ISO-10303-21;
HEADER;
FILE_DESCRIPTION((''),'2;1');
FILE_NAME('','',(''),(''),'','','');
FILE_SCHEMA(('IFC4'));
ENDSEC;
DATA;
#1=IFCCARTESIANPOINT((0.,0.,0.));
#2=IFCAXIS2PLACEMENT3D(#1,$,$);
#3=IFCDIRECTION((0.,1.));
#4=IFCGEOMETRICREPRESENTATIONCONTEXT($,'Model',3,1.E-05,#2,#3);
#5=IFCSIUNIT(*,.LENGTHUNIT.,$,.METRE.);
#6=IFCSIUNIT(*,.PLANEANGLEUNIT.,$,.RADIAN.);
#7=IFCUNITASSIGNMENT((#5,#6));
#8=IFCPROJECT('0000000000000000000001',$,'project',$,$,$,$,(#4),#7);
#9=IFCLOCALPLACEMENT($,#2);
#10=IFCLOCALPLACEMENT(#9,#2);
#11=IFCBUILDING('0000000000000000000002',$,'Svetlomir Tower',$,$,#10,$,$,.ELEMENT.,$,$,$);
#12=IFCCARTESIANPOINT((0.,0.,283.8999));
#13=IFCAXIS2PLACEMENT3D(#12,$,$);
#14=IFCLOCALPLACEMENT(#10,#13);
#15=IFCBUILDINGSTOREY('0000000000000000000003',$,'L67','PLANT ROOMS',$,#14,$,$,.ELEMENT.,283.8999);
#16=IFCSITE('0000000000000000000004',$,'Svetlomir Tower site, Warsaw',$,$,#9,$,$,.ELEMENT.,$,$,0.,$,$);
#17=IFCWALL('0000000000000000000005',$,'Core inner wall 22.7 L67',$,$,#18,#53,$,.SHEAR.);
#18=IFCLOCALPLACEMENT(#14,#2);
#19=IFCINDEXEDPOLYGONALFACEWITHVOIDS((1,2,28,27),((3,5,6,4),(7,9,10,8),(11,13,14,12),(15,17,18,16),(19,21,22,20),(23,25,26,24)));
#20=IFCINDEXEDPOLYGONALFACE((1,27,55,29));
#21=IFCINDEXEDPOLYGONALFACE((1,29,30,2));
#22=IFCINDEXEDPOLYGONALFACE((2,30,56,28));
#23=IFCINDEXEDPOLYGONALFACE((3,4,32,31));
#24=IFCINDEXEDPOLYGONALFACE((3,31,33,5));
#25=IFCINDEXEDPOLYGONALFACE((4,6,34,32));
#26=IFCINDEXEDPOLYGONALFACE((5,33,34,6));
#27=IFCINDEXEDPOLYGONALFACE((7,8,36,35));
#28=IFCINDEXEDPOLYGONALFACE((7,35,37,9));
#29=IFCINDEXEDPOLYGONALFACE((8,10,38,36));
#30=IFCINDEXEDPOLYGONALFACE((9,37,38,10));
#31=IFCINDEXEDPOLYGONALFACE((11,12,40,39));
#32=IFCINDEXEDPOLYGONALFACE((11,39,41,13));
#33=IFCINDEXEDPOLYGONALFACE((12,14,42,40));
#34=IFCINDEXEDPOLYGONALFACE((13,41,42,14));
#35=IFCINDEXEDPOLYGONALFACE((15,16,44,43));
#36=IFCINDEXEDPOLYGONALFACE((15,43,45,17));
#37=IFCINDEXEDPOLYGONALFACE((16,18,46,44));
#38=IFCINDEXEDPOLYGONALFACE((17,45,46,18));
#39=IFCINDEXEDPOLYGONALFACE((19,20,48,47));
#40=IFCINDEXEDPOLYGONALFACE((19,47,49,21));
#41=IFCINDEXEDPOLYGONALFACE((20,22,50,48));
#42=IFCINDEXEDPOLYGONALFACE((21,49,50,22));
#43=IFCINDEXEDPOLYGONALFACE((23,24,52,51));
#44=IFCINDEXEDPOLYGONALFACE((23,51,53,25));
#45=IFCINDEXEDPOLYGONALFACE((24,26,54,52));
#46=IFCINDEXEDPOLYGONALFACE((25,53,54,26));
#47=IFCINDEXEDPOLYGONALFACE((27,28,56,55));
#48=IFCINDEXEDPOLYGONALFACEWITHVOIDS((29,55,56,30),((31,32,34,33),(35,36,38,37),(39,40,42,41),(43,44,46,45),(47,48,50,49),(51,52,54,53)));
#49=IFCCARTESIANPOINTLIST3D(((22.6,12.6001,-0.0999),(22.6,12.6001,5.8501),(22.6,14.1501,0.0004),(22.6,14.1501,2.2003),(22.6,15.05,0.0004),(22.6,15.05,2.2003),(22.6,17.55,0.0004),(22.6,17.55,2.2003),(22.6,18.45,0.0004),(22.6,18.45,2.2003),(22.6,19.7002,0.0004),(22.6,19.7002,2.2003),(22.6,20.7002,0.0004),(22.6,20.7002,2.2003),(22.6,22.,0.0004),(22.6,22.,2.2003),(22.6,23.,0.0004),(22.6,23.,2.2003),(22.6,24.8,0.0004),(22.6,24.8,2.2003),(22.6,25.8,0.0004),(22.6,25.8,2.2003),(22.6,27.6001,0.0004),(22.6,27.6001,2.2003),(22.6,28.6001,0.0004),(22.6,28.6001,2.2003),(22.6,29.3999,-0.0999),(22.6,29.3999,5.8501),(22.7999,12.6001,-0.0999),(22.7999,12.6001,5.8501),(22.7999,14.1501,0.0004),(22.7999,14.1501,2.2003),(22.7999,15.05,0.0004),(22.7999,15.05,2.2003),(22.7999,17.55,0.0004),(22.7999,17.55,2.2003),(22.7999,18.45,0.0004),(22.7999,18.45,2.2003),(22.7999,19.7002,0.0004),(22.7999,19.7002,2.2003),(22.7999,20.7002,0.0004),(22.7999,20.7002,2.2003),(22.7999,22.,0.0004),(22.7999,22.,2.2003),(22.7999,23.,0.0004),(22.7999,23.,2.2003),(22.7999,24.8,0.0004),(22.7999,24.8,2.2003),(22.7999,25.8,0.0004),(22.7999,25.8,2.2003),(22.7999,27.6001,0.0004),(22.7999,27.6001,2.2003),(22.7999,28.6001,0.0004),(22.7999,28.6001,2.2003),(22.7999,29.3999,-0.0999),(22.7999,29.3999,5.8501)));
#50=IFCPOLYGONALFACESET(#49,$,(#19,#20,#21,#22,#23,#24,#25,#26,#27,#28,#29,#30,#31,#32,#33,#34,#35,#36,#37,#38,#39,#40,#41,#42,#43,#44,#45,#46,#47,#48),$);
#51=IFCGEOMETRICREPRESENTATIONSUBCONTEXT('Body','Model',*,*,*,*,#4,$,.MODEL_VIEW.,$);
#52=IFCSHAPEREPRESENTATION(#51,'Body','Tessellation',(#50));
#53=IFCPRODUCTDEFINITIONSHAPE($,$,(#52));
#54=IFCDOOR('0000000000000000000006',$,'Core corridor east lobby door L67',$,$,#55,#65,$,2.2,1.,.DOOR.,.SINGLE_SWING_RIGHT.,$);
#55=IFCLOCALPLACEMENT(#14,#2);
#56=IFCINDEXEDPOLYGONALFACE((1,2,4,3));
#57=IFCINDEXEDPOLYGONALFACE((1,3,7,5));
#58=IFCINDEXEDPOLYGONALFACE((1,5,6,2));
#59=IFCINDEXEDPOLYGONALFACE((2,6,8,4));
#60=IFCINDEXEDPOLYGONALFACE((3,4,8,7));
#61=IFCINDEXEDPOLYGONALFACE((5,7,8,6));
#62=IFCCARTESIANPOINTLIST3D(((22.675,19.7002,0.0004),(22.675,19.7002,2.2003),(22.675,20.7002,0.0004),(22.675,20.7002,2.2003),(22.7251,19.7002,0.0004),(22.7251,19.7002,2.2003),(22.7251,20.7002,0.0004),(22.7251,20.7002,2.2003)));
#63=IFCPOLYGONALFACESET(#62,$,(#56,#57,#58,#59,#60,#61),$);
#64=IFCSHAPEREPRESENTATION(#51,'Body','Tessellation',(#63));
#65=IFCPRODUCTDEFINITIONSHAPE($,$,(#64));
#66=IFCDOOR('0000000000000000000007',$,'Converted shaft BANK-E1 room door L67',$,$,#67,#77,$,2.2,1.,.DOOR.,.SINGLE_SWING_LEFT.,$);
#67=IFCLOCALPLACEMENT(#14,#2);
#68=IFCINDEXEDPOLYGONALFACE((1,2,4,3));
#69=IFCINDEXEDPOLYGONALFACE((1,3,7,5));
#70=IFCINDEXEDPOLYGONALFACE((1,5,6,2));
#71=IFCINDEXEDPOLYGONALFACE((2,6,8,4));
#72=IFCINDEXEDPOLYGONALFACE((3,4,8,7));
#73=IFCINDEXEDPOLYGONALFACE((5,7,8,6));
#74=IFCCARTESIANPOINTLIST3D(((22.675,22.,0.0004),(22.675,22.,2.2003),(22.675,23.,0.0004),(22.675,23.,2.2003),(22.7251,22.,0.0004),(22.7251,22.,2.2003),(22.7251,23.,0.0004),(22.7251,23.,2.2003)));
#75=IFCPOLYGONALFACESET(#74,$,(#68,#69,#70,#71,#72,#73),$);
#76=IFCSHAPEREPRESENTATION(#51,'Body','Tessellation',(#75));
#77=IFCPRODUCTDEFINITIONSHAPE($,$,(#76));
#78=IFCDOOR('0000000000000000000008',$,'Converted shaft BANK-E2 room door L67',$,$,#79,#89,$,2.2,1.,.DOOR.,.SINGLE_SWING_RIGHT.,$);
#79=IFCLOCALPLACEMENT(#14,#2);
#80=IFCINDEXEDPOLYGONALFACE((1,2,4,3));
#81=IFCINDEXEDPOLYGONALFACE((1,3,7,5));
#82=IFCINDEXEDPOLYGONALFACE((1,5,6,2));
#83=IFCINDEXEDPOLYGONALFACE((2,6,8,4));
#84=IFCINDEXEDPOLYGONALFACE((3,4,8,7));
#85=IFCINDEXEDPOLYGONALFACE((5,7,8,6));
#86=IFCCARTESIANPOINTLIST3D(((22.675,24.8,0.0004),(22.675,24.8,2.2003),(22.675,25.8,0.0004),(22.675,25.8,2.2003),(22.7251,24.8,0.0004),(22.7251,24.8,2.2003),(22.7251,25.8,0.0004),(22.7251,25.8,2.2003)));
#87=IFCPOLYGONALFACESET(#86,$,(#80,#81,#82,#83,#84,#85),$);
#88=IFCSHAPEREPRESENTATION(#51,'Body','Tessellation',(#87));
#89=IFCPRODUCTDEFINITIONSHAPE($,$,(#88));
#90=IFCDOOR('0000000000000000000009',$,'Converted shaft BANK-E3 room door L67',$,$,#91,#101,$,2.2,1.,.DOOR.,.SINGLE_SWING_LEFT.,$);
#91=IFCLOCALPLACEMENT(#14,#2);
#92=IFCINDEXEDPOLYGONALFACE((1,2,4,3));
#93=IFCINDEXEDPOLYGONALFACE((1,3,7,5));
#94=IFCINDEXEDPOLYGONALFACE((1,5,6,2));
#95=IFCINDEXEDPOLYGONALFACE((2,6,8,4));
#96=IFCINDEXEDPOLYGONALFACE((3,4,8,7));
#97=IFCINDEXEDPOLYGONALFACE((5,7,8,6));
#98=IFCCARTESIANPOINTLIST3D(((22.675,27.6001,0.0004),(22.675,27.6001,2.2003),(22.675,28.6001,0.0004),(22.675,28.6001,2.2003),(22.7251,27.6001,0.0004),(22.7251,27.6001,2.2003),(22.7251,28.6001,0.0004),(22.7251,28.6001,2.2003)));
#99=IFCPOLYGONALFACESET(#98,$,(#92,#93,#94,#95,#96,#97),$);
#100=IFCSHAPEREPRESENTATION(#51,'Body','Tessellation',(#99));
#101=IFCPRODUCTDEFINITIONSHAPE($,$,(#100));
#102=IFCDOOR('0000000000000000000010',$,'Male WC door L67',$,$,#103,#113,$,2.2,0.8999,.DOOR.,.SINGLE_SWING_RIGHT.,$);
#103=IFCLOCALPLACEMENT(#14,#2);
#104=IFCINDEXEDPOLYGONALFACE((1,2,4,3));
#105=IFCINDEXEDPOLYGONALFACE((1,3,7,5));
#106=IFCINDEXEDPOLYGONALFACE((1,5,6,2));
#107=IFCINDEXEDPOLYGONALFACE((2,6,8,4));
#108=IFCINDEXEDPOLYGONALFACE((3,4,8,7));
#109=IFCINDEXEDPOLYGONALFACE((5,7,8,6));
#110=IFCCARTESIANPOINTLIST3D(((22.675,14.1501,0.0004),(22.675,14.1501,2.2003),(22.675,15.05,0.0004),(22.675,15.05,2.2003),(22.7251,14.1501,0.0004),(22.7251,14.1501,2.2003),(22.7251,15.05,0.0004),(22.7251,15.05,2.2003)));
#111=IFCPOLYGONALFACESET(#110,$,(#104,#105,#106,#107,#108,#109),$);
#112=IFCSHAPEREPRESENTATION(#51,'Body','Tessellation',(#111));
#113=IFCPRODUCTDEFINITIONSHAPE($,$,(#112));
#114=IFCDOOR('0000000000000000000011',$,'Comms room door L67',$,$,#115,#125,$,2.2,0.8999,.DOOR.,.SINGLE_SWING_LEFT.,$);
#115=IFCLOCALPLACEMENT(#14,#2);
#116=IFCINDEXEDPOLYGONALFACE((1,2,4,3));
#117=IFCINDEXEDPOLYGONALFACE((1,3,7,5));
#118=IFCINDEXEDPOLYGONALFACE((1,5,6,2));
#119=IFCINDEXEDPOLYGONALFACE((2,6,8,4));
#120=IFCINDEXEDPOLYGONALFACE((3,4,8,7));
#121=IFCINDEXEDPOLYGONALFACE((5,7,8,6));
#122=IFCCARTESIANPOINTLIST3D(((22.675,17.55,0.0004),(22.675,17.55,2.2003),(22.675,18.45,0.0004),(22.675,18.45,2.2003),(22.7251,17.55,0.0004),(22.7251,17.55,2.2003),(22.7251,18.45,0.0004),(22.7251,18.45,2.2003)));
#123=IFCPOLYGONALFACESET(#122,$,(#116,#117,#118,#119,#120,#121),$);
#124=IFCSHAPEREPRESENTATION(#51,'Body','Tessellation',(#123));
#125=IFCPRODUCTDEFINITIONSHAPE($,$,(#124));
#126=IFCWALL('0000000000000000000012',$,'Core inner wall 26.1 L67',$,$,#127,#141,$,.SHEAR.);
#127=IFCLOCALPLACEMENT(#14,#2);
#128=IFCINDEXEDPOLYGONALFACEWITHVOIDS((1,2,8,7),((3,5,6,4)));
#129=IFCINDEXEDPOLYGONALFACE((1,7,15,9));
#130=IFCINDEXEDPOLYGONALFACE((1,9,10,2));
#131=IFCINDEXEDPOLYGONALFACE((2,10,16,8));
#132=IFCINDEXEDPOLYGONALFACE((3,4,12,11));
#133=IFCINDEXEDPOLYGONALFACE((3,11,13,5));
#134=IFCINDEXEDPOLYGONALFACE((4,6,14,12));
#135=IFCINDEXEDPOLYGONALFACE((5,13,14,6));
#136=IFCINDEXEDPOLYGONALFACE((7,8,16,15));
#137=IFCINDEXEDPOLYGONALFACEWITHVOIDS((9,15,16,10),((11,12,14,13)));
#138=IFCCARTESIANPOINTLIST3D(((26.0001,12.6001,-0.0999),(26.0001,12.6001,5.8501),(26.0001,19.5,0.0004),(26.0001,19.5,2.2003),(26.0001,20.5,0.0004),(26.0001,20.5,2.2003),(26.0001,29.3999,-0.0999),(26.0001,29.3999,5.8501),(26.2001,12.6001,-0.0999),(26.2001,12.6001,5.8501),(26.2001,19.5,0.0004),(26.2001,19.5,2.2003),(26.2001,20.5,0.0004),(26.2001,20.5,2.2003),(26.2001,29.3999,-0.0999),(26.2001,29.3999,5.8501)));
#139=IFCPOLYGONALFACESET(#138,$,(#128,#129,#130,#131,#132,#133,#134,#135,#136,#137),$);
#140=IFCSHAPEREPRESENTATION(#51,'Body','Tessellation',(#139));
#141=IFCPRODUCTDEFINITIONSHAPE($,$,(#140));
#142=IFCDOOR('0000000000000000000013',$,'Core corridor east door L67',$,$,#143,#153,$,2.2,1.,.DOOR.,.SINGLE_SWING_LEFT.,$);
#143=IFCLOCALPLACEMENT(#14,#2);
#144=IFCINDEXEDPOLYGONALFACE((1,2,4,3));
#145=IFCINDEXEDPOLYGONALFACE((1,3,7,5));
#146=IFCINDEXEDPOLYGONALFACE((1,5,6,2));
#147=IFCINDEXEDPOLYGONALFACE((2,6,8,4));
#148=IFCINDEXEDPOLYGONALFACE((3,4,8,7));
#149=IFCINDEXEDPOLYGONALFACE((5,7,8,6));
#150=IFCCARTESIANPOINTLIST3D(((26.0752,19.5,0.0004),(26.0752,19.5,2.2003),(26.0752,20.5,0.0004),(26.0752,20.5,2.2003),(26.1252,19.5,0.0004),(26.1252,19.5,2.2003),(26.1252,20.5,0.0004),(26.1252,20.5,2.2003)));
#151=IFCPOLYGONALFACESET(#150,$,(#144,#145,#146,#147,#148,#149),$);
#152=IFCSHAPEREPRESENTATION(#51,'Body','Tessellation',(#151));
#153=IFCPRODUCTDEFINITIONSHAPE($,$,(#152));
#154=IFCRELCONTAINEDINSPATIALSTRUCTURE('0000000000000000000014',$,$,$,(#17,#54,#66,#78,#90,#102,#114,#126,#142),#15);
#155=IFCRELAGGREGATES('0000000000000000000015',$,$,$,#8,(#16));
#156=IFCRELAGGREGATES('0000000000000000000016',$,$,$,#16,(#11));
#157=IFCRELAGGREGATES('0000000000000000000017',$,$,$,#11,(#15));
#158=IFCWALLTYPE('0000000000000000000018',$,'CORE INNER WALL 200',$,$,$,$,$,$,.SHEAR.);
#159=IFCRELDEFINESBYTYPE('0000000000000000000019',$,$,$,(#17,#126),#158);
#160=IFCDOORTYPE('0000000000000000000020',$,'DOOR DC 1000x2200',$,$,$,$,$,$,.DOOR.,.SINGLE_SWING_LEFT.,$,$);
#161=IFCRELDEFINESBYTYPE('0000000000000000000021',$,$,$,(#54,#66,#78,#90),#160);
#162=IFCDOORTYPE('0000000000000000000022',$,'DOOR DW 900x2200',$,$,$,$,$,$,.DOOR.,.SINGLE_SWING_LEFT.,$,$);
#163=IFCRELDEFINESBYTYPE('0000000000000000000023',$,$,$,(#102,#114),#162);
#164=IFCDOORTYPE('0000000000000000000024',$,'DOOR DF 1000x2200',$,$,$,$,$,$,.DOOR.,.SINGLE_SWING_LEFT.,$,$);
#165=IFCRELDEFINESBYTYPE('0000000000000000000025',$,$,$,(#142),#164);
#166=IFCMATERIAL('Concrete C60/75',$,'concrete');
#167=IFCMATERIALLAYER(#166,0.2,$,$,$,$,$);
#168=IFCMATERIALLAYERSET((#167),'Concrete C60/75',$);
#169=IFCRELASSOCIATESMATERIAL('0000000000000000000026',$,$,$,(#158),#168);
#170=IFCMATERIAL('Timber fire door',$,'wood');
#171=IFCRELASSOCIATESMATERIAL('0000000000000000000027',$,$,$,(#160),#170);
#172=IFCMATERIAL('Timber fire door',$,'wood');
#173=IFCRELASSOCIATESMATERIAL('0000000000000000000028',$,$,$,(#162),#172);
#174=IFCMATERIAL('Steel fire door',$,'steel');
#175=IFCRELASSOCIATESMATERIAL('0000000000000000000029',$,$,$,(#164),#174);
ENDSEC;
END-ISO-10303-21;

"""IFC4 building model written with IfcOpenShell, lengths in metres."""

from ifc_helpers import new_model, si_unit, direction, frame, frame_2d, origin, place, context, subcontext, project, spatial, rectangle, extrude, material, layer, layer_set, type_object, element, fill, save


model = new_model("IFC4")

# Units and contexts
model_context = context("Model", 3, precision=1e-05, world=origin(), true_north=direction((0.0, 1.0)))
body_context = subcontext(model_context, "Body", "Model", "MODEL_VIEW")
ifc_project = project(units=[si_unit("LENGTHUNIT", "METRE"), si_unit("PLANEANGLEUNIT", "RADIAN")], contexts=[model_context])

# Site, building, storey
site_placement = place(None, origin())
site = spatial("IfcSite", under=ifc_project, at=site_placement, Name="Svetlomir Tower site, Warsaw", CompositionType="ELEMENT", RefElevation=0.0)
building_placement = place(site_placement, origin())
building = spatial("IfcBuilding", under=site, at=building_placement, Name="Svetlomir Tower", CompositionType="ELEMENT")
storey_placement = place(building_placement, frame((0.0, 0.0, 283.8999)))
storey = spatial("IfcBuildingStorey", under=building, at=storey_placement, Name="L67", Description="PLANT ROOMS", CompositionType="ELEMENT", Elevation=283.8999)

# Wall, openings, doors
ifc_material_1 = material(Name="Concrete C60/75", Category="concrete")
ifc_layer_1 = layer(ifc_material_1, 0.2)
ifc_layer_set_1 = layer_set([ifc_layer_1], Name="Concrete C60/75")
wall_type_1 = type_object("IfcWallType", Name="CORE INNER WALL 200", PredefinedType="SHEAR", material=ifc_layer_set_1)
wall_1_placement = place(storey_placement, frame((22.7, 12.6001, -0.0999), z_axis=(0.0, 0.0, 1.0), x_axis=(0.0, 1.0, 0.0)))
wall_1 = element("IfcWall", 1, at=wall_1_placement, inside=storey, type_object=wall_type_1, Name="Core inner wall 22.7 L67", PredefinedType="SHEAR", context=body_context, shape_type="SweptSolid", body=[
    extrude(rectangle(XDim=16.7998, YDim=0.2, at=frame_2d((8.3999, 0.0))), origin(), (0.0, 0.0, 1.0), 5.95),
])
opening_1_placement = place(wall_1_placement, frame((7.1001, 0.0, 0.1001)))
opening_1 = element("IfcOpeningElement", 2, at=opening_1_placement, cuts=wall_1, PredefinedType="OPENING", context=body_context, shape_type="SweptSolid", body=[
    extrude(rectangle(XDim=1.0, YDim=2.2, at=frame_2d((0.5, 1.1001))), frame((0.0, 0.1099, 0.0), z_axis=(0.0, -1.0, 0.0), x_axis=(1.0, 0.0, 0.0)), (0.0, 0.0, 1.0), 0.22),
])
opening_2_placement = place(wall_1_placement, frame((1.55, 0.0, 0.1001)))
opening_2 = element("IfcOpeningElement", 3, at=opening_2_placement, cuts=wall_1, PredefinedType="OPENING", context=body_context, shape_type="SweptSolid", body=[
    extrude(rectangle(XDim=0.8999, YDim=2.2, at=frame_2d((0.45, 1.1001))), frame((0.0, 0.1099, 0.0), z_axis=(0.0, -1.0, 0.0), x_axis=(1.0, 0.0, 0.0)), (0.0, 0.0, 1.0), 0.22),
])
opening_3_placement = place(wall_1_placement, frame((4.95, 0.0, 0.1001)))
opening_3 = element("IfcOpeningElement", 4, at=opening_3_placement, cuts=wall_1, PredefinedType="OPENING", context=body_context, shape_type="SweptSolid", body=[
    extrude(rectangle(XDim=0.8999, YDim=2.2, at=frame_2d((0.45, 1.1001))), frame((0.0, 0.1099, 0.0), z_axis=(0.0, -1.0, 0.0), x_axis=(1.0, 0.0, 0.0)), (0.0, 0.0, 1.0), 0.22),
])
opening_4_placement = place(wall_1_placement, frame((9.3999, 0.0, 0.1001)))
opening_4 = element("IfcOpeningElement", 5, at=opening_4_placement, cuts=wall_1, PredefinedType="OPENING", context=body_context, shape_type="SweptSolid", body=[
    extrude(rectangle(XDim=1.0, YDim=2.2, at=frame_2d((0.5, 1.1001))), frame((0.0, 0.1099, 0.0), z_axis=(0.0, -1.0, 0.0), x_axis=(1.0, 0.0, 0.0)), (0.0, 0.0, 1.0), 0.22),
])
opening_5_placement = place(wall_1_placement, frame((12.2, 0.0, 0.1001)))
opening_5 = element("IfcOpeningElement", 6, at=opening_5_placement, cuts=wall_1, PredefinedType="OPENING", context=body_context, shape_type="SweptSolid", body=[
    extrude(rectangle(XDim=1.0, YDim=2.2, at=frame_2d((0.5, 1.1001))), frame((0.0, 0.1099, 0.0), z_axis=(0.0, -1.0, 0.0), x_axis=(1.0, 0.0, 0.0)), (0.0, 0.0, 1.0), 0.22),
])
opening_6_placement = place(wall_1_placement, frame((15.0, 0.0, 0.1001)))
opening_6 = element("IfcOpeningElement", 7, at=opening_6_placement, cuts=wall_1, PredefinedType="OPENING", context=body_context, shape_type="SweptSolid", body=[
    extrude(rectangle(XDim=1.0, YDim=2.2, at=frame_2d((0.5, 1.1001))), frame((0.0, 0.1099, 0.0), z_axis=(0.0, -1.0, 0.0), x_axis=(1.0, 0.0, 0.0)), (0.0, 0.0, 1.0), 0.22),
])
ifc_material_2 = material(Name="Timber fire door", Category="wood")
door_type_1 = type_object("IfcDoorType", Name="DOOR DC 1000x2200", OperationType="SINGLE_SWING_LEFT", PredefinedType="DOOR", material=ifc_material_2)
door_1_placement = place(opening_1_placement, origin())
door_1 = element("IfcDoor", 8, at=door_1_placement, inside=storey, type_object=door_type_1, Name="Core corridor east lobby door L67", OperationType="SINGLE_SWING_RIGHT", OverallHeight=2.2, OverallWidth=1.0, PredefinedType="DOOR", context=body_context, shape_type="SweptSolid", body=[
    extrude(rectangle(XDim=1.0, YDim=2.2, at=frame_2d((0.5, 1.1001))), frame((0.0, 0.0249, 0.0), z_axis=(0.0, -1.0, 0.0), x_axis=(1.0, 0.0, 0.0)), (0.0, 0.0, 1.0), 0.05),
])
fill(opening_1, door_1)
door_2_placement = place(opening_4_placement, origin())
door_2 = element("IfcDoor", 9, at=door_2_placement, inside=storey, type_object=door_type_1, Name="Converted shaft BANK-E1 room door L67", OperationType="SINGLE_SWING_LEFT", OverallHeight=2.2, OverallWidth=1.0, PredefinedType="DOOR", context=body_context, shape_type="SweptSolid", body=[
    extrude(rectangle(XDim=1.0, YDim=2.2, at=frame_2d((0.5, 1.1001))), frame((0.0, 0.0249, 0.0), z_axis=(0.0, -1.0, 0.0), x_axis=(1.0, 0.0, 0.0)), (0.0, 0.0, 1.0), 0.05),
])
fill(opening_4, door_2)
door_3_placement = place(opening_5_placement, origin())
door_3 = element("IfcDoor", 10, at=door_3_placement, inside=storey, type_object=door_type_1, Name="Converted shaft BANK-E2 room door L67", OperationType="SINGLE_SWING_RIGHT", OverallHeight=2.2, OverallWidth=1.0, PredefinedType="DOOR", context=body_context, shape_type="SweptSolid", body=[
    extrude(rectangle(XDim=1.0, YDim=2.2, at=frame_2d((0.5, 1.1001))), frame((0.0, 0.0249, 0.0), z_axis=(0.0, -1.0, 0.0), x_axis=(1.0, 0.0, 0.0)), (0.0, 0.0, 1.0), 0.05),
])
fill(opening_5, door_3)
door_4_placement = place(opening_6_placement, origin())
door_4 = element("IfcDoor", 11, at=door_4_placement, inside=storey, type_object=door_type_1, Name="Converted shaft BANK-E3 room door L67", OperationType="SINGLE_SWING_LEFT", OverallHeight=2.2, OverallWidth=1.0, PredefinedType="DOOR", context=body_context, shape_type="SweptSolid", body=[
    extrude(rectangle(XDim=1.0, YDim=2.2, at=frame_2d((0.5, 1.1001))), frame((0.0, 0.0249, 0.0), z_axis=(0.0, -1.0, 0.0), x_axis=(1.0, 0.0, 0.0)), (0.0, 0.0, 1.0), 0.05),
])
fill(opening_6, door_4)
ifc_material_3 = material(Name="Timber fire door", Category="wood")
door_type_2 = type_object("IfcDoorType", Name="DOOR DW 900x2200", OperationType="SINGLE_SWING_LEFT", PredefinedType="DOOR", material=ifc_material_3)
door_5_placement = place(opening_2_placement, origin())
door_5 = element("IfcDoor", 12, at=door_5_placement, inside=storey, type_object=door_type_2, Name="Male WC door L67", OperationType="SINGLE_SWING_RIGHT", OverallHeight=2.2, OverallWidth=0.8999, PredefinedType="DOOR", context=body_context, shape_type="SweptSolid", body=[
    extrude(rectangle(XDim=0.8999, YDim=2.2, at=frame_2d((0.45, 1.1001))), frame((0.0, 0.0249, 0.0), z_axis=(0.0, -1.0, 0.0), x_axis=(1.0, 0.0, 0.0)), (0.0, 0.0, 1.0), 0.05),
])
fill(opening_2, door_5)
door_6_placement = place(opening_3_placement, origin())
door_6 = element("IfcDoor", 13, at=door_6_placement, inside=storey, type_object=door_type_2, Name="Comms room door L67", OperationType="SINGLE_SWING_LEFT", OverallHeight=2.2, OverallWidth=0.8999, PredefinedType="DOOR", context=body_context, shape_type="SweptSolid", body=[
    extrude(rectangle(XDim=0.8999, YDim=2.2, at=frame_2d((0.45, 1.1001))), frame((0.0, 0.0249, 0.0), z_axis=(0.0, -1.0, 0.0), x_axis=(1.0, 0.0, 0.0)), (0.0, 0.0, 1.0), 0.05),
])
fill(opening_3, door_6)

# Wall, opening, door
wall_2_placement = place(storey_placement, frame((26.1001, 12.6001, -0.0999), z_axis=(0.0, 0.0, 1.0), x_axis=(0.0, 1.0, 0.0)))
wall_2 = element("IfcWall", 14, at=wall_2_placement, inside=storey, type_object=wall_type_1, Name="Core inner wall 26.1 L67", PredefinedType="SHEAR", context=body_context, shape_type="SweptSolid", body=[
    extrude(rectangle(XDim=16.7998, YDim=0.2, at=frame_2d((8.3999, 0.0))), origin(), (0.0, 0.0, 1.0), 5.95),
])
opening_7_placement = place(wall_2_placement, frame((6.8999, 0.0, 0.1001)))
opening_7 = element("IfcOpeningElement", 15, at=opening_7_placement, cuts=wall_2, PredefinedType="OPENING", context=body_context, shape_type="SweptSolid", body=[
    extrude(rectangle(XDim=1.0, YDim=2.2, at=frame_2d((0.5, 1.1001))), frame((0.0, 0.1099, 0.0), z_axis=(0.0, -1.0, 0.0), x_axis=(1.0, 0.0, 0.0)), (0.0, 0.0, 1.0), 0.22),
])
ifc_material_4 = material(Name="Steel fire door", Category="steel")
door_type_3 = type_object("IfcDoorType", Name="DOOR DF 1000x2200", OperationType="SINGLE_SWING_LEFT", PredefinedType="DOOR", material=ifc_material_4)
door_7_placement = place(opening_7_placement, origin())
door_7 = element("IfcDoor", 16, at=door_7_placement, inside=storey, type_object=door_type_3, Name="Core corridor east door L67", OperationType="SINGLE_SWING_LEFT", OverallHeight=2.2, OverallWidth=1.0, PredefinedType="DOOR", context=body_context, shape_type="SweptSolid", body=[
    extrude(rectangle(XDim=1.0, YDim=2.2, at=frame_2d((0.5, 1.1001))), frame((0.0, 0.0249, 0.0), z_axis=(0.0, -1.0, 0.0), x_axis=(1.0, 0.0, 0.0)), (0.0, 0.0, 1.0), 0.05),
])
fill(opening_7, door_7)

save(model, "model.ifc")
